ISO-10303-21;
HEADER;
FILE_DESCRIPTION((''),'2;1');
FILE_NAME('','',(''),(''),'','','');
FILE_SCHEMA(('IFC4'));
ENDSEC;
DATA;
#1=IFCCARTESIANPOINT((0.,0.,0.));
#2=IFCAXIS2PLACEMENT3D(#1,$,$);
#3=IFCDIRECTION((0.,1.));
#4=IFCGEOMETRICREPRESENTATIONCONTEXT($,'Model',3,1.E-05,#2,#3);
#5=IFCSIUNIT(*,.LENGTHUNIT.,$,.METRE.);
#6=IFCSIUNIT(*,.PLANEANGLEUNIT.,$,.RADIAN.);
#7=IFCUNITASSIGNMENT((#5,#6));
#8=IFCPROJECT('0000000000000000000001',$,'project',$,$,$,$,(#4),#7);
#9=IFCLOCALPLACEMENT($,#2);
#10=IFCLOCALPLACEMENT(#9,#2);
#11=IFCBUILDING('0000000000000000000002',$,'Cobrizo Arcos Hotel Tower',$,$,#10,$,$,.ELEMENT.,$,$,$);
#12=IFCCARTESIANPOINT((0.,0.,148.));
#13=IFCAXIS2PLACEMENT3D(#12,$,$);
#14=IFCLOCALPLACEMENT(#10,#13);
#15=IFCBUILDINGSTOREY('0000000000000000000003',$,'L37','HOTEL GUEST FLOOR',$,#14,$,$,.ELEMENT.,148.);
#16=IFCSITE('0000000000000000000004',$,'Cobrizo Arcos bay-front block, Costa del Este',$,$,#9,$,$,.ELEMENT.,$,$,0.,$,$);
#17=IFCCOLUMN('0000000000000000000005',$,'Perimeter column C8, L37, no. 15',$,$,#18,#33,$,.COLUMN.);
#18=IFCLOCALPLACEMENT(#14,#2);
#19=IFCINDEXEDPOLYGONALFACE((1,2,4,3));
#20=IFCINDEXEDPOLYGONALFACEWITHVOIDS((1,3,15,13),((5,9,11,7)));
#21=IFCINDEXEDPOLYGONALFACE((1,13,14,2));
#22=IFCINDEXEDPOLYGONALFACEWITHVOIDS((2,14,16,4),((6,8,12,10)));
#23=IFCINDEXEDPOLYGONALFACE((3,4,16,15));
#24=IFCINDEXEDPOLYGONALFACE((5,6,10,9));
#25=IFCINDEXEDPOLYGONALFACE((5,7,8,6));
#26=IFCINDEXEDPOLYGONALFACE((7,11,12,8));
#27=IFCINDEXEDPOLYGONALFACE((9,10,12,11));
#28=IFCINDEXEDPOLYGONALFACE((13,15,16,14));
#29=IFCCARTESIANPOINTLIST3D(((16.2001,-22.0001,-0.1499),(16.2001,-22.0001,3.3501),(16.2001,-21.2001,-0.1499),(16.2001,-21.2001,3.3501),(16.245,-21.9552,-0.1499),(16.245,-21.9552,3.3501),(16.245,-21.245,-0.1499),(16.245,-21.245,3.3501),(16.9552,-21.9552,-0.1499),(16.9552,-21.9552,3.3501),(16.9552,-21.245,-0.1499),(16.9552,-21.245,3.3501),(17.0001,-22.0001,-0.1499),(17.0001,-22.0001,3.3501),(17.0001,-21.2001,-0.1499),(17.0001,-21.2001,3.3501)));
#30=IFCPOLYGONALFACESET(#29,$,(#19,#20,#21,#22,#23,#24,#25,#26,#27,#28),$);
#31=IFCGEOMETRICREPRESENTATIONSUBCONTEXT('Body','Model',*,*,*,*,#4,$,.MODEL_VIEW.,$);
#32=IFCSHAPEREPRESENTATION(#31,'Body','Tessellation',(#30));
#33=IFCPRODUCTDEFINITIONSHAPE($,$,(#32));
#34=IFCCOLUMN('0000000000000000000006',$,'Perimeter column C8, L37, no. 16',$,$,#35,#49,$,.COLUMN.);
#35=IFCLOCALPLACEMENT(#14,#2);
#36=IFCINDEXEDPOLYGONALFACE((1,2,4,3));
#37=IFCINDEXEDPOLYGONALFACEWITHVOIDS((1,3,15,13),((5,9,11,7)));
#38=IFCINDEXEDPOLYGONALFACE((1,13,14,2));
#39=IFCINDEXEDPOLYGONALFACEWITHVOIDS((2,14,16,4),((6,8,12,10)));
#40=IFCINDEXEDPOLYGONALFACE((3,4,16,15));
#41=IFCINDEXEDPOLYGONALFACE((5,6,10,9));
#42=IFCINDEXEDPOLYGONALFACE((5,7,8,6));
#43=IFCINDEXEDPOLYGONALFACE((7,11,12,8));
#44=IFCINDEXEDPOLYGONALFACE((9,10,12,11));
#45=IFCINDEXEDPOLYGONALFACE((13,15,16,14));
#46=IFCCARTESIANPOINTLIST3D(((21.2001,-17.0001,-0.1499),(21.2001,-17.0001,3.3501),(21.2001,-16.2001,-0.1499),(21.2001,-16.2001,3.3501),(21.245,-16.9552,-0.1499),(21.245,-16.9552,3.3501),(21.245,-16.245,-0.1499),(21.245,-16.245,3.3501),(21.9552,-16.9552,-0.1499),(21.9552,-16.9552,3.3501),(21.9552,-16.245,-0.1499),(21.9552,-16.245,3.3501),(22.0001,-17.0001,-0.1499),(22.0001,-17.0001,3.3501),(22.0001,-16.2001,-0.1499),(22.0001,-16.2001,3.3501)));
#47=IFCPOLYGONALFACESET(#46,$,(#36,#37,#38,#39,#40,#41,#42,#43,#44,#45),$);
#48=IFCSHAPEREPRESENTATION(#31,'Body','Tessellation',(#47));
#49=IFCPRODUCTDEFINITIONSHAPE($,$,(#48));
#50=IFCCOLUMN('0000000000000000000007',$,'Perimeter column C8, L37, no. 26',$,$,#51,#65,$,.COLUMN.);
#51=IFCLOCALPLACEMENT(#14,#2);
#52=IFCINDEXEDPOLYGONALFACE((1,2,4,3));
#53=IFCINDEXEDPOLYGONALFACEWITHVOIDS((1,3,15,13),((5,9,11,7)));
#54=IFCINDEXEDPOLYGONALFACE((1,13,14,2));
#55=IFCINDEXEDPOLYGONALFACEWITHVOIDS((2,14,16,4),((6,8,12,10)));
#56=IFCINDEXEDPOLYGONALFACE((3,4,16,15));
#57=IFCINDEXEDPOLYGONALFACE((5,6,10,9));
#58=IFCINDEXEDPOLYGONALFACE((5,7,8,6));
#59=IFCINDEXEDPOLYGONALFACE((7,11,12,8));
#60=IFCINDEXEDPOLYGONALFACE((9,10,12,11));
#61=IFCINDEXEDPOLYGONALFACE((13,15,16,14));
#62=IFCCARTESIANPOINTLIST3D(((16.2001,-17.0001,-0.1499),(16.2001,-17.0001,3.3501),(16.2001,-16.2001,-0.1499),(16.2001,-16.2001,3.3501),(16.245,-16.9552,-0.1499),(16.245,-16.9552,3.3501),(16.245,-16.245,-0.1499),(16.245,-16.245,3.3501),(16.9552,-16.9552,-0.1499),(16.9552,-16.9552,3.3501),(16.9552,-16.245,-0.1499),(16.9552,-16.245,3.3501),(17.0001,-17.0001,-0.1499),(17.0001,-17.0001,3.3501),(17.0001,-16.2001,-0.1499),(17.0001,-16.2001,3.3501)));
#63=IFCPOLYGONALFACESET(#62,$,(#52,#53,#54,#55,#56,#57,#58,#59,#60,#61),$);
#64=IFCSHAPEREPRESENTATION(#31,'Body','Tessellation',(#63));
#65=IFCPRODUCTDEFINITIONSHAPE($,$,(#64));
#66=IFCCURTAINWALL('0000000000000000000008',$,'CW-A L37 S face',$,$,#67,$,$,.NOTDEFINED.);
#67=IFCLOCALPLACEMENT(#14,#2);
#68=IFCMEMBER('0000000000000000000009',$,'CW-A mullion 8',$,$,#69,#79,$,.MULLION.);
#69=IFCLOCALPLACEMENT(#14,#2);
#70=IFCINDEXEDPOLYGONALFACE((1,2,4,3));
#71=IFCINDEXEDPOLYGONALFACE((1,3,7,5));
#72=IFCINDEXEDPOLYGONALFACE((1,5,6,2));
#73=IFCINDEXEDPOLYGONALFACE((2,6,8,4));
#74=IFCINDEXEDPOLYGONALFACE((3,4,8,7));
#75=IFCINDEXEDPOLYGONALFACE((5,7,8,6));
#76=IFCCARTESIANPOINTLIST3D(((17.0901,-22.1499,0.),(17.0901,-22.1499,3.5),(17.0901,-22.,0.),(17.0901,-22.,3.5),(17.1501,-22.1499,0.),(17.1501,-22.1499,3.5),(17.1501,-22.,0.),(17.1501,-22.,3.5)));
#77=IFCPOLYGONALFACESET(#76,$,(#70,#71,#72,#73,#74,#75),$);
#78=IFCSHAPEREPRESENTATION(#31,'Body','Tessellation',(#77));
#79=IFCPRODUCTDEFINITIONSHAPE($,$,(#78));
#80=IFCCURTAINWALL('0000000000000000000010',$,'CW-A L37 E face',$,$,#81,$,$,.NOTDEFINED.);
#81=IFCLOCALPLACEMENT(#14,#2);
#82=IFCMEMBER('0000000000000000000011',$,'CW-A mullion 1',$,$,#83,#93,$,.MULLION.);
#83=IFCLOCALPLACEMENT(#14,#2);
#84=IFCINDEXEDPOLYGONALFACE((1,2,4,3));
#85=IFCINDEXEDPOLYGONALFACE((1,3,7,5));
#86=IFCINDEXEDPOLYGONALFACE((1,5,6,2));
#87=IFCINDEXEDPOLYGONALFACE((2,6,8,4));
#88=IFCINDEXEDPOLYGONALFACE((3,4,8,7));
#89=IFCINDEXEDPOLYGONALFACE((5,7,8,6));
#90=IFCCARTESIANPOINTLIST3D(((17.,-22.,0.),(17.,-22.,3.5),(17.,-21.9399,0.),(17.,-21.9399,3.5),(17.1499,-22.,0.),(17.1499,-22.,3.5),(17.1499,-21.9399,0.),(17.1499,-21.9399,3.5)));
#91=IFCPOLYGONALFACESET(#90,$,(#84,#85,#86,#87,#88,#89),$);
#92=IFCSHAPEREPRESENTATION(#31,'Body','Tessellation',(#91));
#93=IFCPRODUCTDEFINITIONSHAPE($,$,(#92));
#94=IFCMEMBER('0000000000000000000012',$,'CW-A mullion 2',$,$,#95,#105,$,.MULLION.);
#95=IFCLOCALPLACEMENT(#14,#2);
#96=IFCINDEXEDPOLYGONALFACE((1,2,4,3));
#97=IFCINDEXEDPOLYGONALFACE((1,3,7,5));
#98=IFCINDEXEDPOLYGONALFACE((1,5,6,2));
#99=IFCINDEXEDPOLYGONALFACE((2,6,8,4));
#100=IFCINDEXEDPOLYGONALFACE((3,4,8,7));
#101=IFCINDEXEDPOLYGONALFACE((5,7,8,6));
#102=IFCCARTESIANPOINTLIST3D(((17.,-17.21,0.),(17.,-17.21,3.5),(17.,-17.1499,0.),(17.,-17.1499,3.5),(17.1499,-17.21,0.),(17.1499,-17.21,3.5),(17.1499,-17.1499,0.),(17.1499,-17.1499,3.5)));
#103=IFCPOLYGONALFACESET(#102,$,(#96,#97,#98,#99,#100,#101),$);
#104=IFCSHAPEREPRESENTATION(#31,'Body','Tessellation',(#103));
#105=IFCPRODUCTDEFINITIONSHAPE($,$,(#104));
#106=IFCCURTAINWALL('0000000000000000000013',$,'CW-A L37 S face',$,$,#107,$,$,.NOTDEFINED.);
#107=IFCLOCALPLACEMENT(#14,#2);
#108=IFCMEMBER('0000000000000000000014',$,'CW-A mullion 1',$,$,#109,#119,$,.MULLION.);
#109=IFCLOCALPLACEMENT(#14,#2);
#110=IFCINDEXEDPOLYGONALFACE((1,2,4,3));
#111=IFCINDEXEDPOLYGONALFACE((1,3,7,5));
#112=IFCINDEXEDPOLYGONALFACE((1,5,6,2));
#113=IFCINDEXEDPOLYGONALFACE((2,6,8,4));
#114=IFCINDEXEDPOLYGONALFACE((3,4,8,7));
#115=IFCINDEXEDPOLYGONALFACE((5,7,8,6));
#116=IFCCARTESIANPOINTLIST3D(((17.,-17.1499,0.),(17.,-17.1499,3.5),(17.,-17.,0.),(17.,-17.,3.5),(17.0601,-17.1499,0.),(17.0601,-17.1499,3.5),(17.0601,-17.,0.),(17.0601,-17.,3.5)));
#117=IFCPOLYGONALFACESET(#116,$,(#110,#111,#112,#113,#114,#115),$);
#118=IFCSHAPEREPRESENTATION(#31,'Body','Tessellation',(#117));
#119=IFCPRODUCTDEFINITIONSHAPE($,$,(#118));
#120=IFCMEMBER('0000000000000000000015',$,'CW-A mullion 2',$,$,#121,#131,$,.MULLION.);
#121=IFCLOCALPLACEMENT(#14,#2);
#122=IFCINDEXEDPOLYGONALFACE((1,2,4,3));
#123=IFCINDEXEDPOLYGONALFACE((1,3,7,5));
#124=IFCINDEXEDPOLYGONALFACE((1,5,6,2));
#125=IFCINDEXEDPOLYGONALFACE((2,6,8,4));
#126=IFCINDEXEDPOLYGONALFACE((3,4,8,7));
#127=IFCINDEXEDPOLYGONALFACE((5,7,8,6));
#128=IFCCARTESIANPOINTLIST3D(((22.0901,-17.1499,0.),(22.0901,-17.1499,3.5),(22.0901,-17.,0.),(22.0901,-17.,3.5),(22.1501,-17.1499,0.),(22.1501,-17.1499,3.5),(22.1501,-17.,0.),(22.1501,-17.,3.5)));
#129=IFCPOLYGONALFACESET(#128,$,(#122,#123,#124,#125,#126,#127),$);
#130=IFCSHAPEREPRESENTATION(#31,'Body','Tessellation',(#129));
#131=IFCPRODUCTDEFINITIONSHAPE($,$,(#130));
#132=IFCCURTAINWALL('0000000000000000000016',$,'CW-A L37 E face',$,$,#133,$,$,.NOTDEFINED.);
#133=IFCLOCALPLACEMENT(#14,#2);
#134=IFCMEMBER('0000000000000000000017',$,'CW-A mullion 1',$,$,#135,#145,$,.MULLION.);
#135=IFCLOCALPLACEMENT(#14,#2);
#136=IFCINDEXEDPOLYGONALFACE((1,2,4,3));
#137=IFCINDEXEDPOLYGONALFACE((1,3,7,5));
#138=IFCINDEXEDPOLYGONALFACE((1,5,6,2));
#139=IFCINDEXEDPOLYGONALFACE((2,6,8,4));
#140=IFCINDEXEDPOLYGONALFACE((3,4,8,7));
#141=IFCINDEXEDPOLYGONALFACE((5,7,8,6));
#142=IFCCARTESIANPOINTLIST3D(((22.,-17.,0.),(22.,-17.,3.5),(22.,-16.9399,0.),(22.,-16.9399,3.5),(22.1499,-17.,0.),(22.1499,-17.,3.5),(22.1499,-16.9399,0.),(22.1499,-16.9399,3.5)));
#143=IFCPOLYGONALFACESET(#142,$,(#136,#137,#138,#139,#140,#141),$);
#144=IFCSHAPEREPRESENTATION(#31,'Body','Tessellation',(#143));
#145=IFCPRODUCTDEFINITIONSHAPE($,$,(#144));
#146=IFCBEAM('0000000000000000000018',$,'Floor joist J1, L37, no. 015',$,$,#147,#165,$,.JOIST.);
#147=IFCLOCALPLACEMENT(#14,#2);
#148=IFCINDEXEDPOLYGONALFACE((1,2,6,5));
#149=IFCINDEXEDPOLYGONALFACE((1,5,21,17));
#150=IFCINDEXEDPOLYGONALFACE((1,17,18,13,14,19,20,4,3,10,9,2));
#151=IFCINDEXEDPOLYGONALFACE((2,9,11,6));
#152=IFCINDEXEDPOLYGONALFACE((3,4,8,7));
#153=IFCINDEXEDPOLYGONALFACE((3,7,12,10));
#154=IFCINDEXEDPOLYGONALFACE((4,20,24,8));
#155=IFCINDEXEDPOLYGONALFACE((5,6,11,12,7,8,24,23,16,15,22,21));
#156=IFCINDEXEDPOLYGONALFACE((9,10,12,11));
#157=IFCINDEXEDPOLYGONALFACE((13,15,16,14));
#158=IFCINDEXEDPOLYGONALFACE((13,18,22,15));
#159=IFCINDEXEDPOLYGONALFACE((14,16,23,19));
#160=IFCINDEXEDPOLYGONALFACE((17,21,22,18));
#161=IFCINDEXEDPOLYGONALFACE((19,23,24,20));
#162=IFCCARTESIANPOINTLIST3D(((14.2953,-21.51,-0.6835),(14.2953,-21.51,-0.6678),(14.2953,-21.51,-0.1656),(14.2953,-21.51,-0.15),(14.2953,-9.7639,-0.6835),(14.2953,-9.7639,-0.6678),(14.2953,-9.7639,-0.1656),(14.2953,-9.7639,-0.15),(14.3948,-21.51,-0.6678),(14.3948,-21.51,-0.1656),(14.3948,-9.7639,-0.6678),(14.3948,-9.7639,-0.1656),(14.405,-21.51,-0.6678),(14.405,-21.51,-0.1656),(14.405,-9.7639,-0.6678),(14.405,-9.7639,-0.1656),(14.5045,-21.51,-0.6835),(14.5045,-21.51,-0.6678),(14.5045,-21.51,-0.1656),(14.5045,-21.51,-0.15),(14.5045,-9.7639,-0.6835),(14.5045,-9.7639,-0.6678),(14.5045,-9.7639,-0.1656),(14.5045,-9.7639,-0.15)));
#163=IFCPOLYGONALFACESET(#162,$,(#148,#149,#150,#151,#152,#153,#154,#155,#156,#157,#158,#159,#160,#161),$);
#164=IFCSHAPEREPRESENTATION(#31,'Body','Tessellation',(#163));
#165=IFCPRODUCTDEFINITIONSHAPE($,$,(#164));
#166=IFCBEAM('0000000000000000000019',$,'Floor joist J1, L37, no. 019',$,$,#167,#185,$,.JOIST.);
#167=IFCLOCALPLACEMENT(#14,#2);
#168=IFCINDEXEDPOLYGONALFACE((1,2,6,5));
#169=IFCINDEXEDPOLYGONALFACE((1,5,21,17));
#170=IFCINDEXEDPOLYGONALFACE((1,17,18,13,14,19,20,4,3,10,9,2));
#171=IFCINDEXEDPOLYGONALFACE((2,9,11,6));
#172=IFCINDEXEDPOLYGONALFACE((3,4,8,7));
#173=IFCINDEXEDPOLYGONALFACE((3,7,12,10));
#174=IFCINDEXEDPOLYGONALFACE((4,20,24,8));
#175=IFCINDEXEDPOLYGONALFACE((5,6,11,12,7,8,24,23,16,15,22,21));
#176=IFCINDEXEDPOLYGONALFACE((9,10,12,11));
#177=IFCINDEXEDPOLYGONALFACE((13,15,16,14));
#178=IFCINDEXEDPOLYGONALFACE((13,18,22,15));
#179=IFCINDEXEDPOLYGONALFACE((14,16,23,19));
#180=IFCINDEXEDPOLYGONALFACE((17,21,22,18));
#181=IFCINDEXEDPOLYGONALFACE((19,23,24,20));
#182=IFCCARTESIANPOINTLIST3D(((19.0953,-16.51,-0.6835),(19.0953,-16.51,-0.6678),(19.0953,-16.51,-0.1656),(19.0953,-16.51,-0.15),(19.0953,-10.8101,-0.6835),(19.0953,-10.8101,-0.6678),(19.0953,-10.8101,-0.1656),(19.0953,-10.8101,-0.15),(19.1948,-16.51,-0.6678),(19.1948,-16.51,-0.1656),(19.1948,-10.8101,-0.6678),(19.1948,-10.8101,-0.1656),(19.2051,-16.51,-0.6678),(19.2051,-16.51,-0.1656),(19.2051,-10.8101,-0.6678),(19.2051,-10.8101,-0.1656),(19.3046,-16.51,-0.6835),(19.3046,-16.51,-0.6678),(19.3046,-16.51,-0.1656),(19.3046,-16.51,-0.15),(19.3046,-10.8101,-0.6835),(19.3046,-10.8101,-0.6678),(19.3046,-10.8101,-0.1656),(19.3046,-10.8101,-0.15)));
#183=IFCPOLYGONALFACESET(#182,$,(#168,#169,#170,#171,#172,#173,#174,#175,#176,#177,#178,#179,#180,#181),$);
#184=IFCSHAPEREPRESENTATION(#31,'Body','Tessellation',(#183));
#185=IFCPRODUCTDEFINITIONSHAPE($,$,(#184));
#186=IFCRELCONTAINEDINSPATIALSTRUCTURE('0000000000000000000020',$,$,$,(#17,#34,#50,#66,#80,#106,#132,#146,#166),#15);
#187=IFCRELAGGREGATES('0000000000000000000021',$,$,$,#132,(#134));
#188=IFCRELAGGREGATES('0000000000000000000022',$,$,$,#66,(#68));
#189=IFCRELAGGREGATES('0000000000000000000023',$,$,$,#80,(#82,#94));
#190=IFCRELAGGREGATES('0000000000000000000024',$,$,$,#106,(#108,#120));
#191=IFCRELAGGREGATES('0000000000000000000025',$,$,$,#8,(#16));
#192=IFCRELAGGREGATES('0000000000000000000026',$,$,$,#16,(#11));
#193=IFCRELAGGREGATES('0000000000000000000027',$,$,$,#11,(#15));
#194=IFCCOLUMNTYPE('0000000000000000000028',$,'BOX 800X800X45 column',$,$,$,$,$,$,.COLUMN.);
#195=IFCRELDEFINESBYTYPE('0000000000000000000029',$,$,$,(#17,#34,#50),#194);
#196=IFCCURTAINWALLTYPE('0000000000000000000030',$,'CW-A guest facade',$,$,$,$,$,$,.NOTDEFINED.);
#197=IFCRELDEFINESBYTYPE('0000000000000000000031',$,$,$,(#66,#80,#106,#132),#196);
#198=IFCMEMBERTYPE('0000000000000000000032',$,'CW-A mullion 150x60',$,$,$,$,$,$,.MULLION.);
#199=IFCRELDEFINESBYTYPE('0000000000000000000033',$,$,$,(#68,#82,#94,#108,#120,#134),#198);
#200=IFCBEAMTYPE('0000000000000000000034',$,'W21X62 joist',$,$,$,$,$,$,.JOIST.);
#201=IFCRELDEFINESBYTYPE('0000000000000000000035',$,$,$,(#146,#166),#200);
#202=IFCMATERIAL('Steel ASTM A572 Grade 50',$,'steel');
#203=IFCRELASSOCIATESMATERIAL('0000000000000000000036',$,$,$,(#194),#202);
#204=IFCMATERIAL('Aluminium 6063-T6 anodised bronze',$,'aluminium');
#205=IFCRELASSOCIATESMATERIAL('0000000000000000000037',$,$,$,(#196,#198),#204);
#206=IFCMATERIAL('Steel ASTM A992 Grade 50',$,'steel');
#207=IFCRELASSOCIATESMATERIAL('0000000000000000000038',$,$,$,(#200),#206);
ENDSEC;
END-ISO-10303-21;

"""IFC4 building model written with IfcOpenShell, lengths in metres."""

from ifc_helpers import new_model, si_unit, direction, frame, origin, origin_2d, place, context, subcontext, project, spatial, rectangle, hollow_rectangle, i_section, extrude, material, material_profile, profile_set, type_object, element, aggregate, save


model = new_model("IFC4")

# Units and contexts
model_context = context("Model", 3, precision=1e-05, world=origin(), true_north=direction((0.0, 1.0)))
body_context = subcontext(model_context, "Body", "Model", "MODEL_VIEW")
ifc_project = project(units=[si_unit("LENGTHUNIT", "METRE"), si_unit("PLANEANGLEUNIT", "RADIAN")], contexts=[model_context])

# Site, building, storey
site_placement = place(None, origin())
site = spatial("IfcSite", under=ifc_project, at=site_placement, Name="Cobrizo Arcos bay-front block, Costa del Este", CompositionType="ELEMENT", RefElevation=0.0)
building_placement = place(site_placement, origin())
building = spatial("IfcBuilding", under=site, at=building_placement, Name="Cobrizo Arcos Hotel Tower", CompositionType="ELEMENT")
storey_placement = place(building_placement, frame((0.0, 0.0, 148.0)))
storey = spatial("IfcBuildingStorey", under=building, at=storey_placement, Name="L37", Description="HOTEL GUEST FLOOR", CompositionType="ELEMENT", Elevation=148.0)

# Columns
ifc_material_1 = material(Name="Steel ASTM A572 Grade 50", Category="steel")
ifc_material_profile_1 = material_profile(ifc_material_1, hollow_rectangle(XDim=0.8, YDim=0.8, WallThickness=0.0449, at=origin_2d()), Name="BOX 800X800X45")
ifc_profile_set_1 = profile_set([ifc_material_profile_1], Name="Steel ASTM A572 Grade 50")
column_type = type_object("IfcColumnType", Name="BOX 800X800X45 column", PredefinedType="COLUMN", material=ifc_profile_set_1)
for number, where, z_axis, x_axis, name in (
    (1, (16.6001, -21.6001, -0.1499), (0.0, 0.0, 1.0), (1.0, 0.0, 0.0), "Perimeter column C8, L37, no. 15"),
    (2, (21.6001, -16.6001, -0.1499), (0.0, 0.0, 1.0), (1.0, 0.0, 0.0), "Perimeter column C8, L37, no. 16"),
    (3, (16.6001, -16.6001, -0.1499), (0.0, 0.0, 1.0), (1.0, 0.0, 0.0), "Perimeter column C8, L37, no. 26"),
):
    element("IfcColumn", number, at=place(storey_placement, frame(where, z_axis=z_axis, x_axis=x_axis)), inside=storey, type_object=column_type, Name=name, PredefinedType="COLUMN", context=body_context, shape_type="SweptSolid", body=[
        extrude(hollow_rectangle(XDim=0.8, YDim=0.8, WallThickness=0.0449, at=origin_2d()), origin(), (0.0, 0.0, 1.0), 3.5),
    ])

# Curtain wall, member
ifc_material_2 = material(Name="Aluminium 6063-T6 anodised bronze", Category="aluminium")
curtain_wall_type = type_object("IfcCurtainWallType", Name="CW-A guest facade", PredefinedType="NOTDEFINED", material=ifc_material_2)
curtain_wall_1_placement = place(storey_placement, origin())
curtain_wall_1 = element("IfcCurtainWall", 4, at=curtain_wall_1_placement, inside=storey, type_object=curtain_wall_type, Name="CW-A L37 S face", PredefinedType="NOTDEFINED")
ifc_material_profile_2 = material_profile(ifc_material_2, rectangle(XDim=0.1499, YDim=0.0601, at=origin_2d()), Name="CW-A mullion 150x60")
ifc_profile_set_2 = profile_set([ifc_material_profile_2], Name="Aluminium 6063-T6 anodised bronze")
member_type = type_object("IfcMemberType", Name="CW-A mullion 150x60", PredefinedType="MULLION", material=ifc_profile_set_2)
member_1_placement = place(storey_placement, frame((17.1201, -22.075, 0.0), z_axis=(0.0, 0.0, 1.0), x_axis=(0.0, -1.0, 0.0)))
member_1 = element("IfcMember", 5, at=member_1_placement, type_object=member_type, Name="CW-A mullion 8", PredefinedType="MULLION", context=body_context, shape_type="SweptSolid", body=[
    extrude(rectangle(XDim=0.1499, YDim=0.0601, at=origin_2d()), origin(), (0.0, 0.0, 1.0), 3.5),
])

# Curtain walls, members
curtain_wall_2_placement = place(storey_placement, origin())
curtain_wall_2 = element("IfcCurtainWall", 6, at=curtain_wall_2_placement, inside=storey, type_object=curtain_wall_type, Name="CW-A L37 E face", PredefinedType="NOTDEFINED")
member_2_placement = place(storey_placement, frame((17.075, -21.97, 0.0), z_axis=(0.0, 0.0, 1.0), x_axis=(1.0, 0.0, 0.0)))
member_2 = element("IfcMember", 7, at=member_2_placement, type_object=member_type, Name="CW-A mullion 1", PredefinedType="MULLION", context=body_context, shape_type="SweptSolid", body=[
    extrude(rectangle(XDim=0.1499, YDim=0.0601, at=origin_2d()), origin(), (0.0, 0.0, 1.0), 3.5),
])
member_3_placement = place(storey_placement, frame((17.075, -17.1799, 0.0), z_axis=(0.0, 0.0, 1.0), x_axis=(1.0, 0.0, 0.0)))
member_3 = element("IfcMember", 8, at=member_3_placement, type_object=member_type, Name="CW-A mullion 2", PredefinedType="MULLION", context=body_context, shape_type="SweptSolid", body=[
    extrude(rectangle(XDim=0.1499, YDim=0.0601, at=origin_2d()), origin(), (0.0, 0.0, 1.0), 3.5),
])
curtain_wall_3_placement = place(storey_placement, origin())
curtain_wall_3 = element("IfcCurtainWall", 9, at=curtain_wall_3_placement, inside=storey, type_object=curtain_wall_type, Name="CW-A L37 S face", PredefinedType="NOTDEFINED")
member_4_placement = place(storey_placement, frame((17.03, -17.075, 0.0), z_axis=(0.0, 0.0, 1.0), x_axis=(0.0, -1.0, 0.0)))
member_4 = element("IfcMember", 10, at=member_4_placement, type_object=member_type, Name="CW-A mullion 1", PredefinedType="MULLION", context=body_context, shape_type="SweptSolid", body=[
    extrude(rectangle(XDim=0.1499, YDim=0.0601, at=origin_2d()), origin(), (0.0, 0.0, 1.0), 3.5),
])
member_5_placement = place(storey_placement, frame((22.1201, -17.075, 0.0), z_axis=(0.0, 0.0, 1.0), x_axis=(0.0, -1.0, 0.0)))
member_5 = element("IfcMember", 11, at=member_5_placement, type_object=member_type, Name="CW-A mullion 2", PredefinedType="MULLION", context=body_context, shape_type="SweptSolid", body=[
    extrude(rectangle(XDim=0.1499, YDim=0.0601, at=origin_2d()), origin(), (0.0, 0.0, 1.0), 3.5),
])

# Curtain wall, member
curtain_wall_4_placement = place(storey_placement, origin())
curtain_wall_4 = element("IfcCurtainWall", 12, at=curtain_wall_4_placement, inside=storey, type_object=curtain_wall_type, Name="CW-A L37 E face", PredefinedType="NOTDEFINED")
member_6_placement = place(storey_placement, frame((22.075, -16.97, 0.0), z_axis=(0.0, 0.0, 1.0), x_axis=(1.0, 0.0, 0.0)))
member_6 = element("IfcMember", 13, at=member_6_placement, type_object=member_type, Name="CW-A mullion 1", PredefinedType="MULLION", context=body_context, shape_type="SweptSolid", body=[
    extrude(rectangle(XDim=0.1499, YDim=0.0601, at=origin_2d()), origin(), (0.0, 0.0, 1.0), 3.5),
])
aggregate(curtain_wall_4, [member_6])

# Beams
ifc_material_3 = material(Name="Steel ASTM A992 Grade 50", Category="steel")
ifc_material_profile_3 = material_profile(ifc_material_3, i_section(OverallWidth=0.2092, OverallDepth=0.5334, WebThickness=0.0103, FlangeThickness=0.0156, at=origin_2d()), Name="W21X62")
ifc_profile_set_3 = profile_set([ifc_material_profile_3], Name="Steel ASTM A992 Grade 50")
beam_type_1 = type_object("IfcBeamType", Name="W21X62 joist", PredefinedType="JOIST", material=ifc_profile_set_3)
beam_1_placement = place(storey_placement, frame((14.3999, -21.51, -0.4167), z_axis=(0.0, 1.0, 0.0), x_axis=(-1.0, 0.0, 0.0)))
element("IfcBeam", 14, at=beam_1_placement, inside=storey, type_object=beam_type_1, Name="Floor joist J1, L37, no. 015", PredefinedType="JOIST", context=body_context, shape_type="SweptSolid", body=[
    extrude(i_section(OverallWidth=0.2092, OverallDepth=0.5334, WebThickness=0.0103, FlangeThickness=0.0156, at=origin_2d()), origin(), (0.0, 0.0, 1.0), 11.7461),
])
beam_2_placement = place(storey_placement, frame((19.2, -16.51, -0.4167), z_axis=(0.0, 1.0, 0.0), x_axis=(-1.0, 0.0, 0.0)))
element("IfcBeam", 15, at=beam_2_placement, inside=storey, type_object=beam_type_1, Name="Floor joist J1, L37, no. 019", PredefinedType="JOIST", context=body_context, shape_type="SweptSolid", body=[
    extrude(i_section(OverallWidth=0.2092, OverallDepth=0.5334, WebThickness=0.0103, FlangeThickness=0.0156, at=origin_2d()), origin(), (0.0, 0.0, 1.0), 5.7),
])

aggregate(curtain_wall_1, [member_1])
aggregate(curtain_wall_2, [member_2, member_3])
aggregate(curtain_wall_3, [member_4, member_5])

save(model, "model.ifc")
